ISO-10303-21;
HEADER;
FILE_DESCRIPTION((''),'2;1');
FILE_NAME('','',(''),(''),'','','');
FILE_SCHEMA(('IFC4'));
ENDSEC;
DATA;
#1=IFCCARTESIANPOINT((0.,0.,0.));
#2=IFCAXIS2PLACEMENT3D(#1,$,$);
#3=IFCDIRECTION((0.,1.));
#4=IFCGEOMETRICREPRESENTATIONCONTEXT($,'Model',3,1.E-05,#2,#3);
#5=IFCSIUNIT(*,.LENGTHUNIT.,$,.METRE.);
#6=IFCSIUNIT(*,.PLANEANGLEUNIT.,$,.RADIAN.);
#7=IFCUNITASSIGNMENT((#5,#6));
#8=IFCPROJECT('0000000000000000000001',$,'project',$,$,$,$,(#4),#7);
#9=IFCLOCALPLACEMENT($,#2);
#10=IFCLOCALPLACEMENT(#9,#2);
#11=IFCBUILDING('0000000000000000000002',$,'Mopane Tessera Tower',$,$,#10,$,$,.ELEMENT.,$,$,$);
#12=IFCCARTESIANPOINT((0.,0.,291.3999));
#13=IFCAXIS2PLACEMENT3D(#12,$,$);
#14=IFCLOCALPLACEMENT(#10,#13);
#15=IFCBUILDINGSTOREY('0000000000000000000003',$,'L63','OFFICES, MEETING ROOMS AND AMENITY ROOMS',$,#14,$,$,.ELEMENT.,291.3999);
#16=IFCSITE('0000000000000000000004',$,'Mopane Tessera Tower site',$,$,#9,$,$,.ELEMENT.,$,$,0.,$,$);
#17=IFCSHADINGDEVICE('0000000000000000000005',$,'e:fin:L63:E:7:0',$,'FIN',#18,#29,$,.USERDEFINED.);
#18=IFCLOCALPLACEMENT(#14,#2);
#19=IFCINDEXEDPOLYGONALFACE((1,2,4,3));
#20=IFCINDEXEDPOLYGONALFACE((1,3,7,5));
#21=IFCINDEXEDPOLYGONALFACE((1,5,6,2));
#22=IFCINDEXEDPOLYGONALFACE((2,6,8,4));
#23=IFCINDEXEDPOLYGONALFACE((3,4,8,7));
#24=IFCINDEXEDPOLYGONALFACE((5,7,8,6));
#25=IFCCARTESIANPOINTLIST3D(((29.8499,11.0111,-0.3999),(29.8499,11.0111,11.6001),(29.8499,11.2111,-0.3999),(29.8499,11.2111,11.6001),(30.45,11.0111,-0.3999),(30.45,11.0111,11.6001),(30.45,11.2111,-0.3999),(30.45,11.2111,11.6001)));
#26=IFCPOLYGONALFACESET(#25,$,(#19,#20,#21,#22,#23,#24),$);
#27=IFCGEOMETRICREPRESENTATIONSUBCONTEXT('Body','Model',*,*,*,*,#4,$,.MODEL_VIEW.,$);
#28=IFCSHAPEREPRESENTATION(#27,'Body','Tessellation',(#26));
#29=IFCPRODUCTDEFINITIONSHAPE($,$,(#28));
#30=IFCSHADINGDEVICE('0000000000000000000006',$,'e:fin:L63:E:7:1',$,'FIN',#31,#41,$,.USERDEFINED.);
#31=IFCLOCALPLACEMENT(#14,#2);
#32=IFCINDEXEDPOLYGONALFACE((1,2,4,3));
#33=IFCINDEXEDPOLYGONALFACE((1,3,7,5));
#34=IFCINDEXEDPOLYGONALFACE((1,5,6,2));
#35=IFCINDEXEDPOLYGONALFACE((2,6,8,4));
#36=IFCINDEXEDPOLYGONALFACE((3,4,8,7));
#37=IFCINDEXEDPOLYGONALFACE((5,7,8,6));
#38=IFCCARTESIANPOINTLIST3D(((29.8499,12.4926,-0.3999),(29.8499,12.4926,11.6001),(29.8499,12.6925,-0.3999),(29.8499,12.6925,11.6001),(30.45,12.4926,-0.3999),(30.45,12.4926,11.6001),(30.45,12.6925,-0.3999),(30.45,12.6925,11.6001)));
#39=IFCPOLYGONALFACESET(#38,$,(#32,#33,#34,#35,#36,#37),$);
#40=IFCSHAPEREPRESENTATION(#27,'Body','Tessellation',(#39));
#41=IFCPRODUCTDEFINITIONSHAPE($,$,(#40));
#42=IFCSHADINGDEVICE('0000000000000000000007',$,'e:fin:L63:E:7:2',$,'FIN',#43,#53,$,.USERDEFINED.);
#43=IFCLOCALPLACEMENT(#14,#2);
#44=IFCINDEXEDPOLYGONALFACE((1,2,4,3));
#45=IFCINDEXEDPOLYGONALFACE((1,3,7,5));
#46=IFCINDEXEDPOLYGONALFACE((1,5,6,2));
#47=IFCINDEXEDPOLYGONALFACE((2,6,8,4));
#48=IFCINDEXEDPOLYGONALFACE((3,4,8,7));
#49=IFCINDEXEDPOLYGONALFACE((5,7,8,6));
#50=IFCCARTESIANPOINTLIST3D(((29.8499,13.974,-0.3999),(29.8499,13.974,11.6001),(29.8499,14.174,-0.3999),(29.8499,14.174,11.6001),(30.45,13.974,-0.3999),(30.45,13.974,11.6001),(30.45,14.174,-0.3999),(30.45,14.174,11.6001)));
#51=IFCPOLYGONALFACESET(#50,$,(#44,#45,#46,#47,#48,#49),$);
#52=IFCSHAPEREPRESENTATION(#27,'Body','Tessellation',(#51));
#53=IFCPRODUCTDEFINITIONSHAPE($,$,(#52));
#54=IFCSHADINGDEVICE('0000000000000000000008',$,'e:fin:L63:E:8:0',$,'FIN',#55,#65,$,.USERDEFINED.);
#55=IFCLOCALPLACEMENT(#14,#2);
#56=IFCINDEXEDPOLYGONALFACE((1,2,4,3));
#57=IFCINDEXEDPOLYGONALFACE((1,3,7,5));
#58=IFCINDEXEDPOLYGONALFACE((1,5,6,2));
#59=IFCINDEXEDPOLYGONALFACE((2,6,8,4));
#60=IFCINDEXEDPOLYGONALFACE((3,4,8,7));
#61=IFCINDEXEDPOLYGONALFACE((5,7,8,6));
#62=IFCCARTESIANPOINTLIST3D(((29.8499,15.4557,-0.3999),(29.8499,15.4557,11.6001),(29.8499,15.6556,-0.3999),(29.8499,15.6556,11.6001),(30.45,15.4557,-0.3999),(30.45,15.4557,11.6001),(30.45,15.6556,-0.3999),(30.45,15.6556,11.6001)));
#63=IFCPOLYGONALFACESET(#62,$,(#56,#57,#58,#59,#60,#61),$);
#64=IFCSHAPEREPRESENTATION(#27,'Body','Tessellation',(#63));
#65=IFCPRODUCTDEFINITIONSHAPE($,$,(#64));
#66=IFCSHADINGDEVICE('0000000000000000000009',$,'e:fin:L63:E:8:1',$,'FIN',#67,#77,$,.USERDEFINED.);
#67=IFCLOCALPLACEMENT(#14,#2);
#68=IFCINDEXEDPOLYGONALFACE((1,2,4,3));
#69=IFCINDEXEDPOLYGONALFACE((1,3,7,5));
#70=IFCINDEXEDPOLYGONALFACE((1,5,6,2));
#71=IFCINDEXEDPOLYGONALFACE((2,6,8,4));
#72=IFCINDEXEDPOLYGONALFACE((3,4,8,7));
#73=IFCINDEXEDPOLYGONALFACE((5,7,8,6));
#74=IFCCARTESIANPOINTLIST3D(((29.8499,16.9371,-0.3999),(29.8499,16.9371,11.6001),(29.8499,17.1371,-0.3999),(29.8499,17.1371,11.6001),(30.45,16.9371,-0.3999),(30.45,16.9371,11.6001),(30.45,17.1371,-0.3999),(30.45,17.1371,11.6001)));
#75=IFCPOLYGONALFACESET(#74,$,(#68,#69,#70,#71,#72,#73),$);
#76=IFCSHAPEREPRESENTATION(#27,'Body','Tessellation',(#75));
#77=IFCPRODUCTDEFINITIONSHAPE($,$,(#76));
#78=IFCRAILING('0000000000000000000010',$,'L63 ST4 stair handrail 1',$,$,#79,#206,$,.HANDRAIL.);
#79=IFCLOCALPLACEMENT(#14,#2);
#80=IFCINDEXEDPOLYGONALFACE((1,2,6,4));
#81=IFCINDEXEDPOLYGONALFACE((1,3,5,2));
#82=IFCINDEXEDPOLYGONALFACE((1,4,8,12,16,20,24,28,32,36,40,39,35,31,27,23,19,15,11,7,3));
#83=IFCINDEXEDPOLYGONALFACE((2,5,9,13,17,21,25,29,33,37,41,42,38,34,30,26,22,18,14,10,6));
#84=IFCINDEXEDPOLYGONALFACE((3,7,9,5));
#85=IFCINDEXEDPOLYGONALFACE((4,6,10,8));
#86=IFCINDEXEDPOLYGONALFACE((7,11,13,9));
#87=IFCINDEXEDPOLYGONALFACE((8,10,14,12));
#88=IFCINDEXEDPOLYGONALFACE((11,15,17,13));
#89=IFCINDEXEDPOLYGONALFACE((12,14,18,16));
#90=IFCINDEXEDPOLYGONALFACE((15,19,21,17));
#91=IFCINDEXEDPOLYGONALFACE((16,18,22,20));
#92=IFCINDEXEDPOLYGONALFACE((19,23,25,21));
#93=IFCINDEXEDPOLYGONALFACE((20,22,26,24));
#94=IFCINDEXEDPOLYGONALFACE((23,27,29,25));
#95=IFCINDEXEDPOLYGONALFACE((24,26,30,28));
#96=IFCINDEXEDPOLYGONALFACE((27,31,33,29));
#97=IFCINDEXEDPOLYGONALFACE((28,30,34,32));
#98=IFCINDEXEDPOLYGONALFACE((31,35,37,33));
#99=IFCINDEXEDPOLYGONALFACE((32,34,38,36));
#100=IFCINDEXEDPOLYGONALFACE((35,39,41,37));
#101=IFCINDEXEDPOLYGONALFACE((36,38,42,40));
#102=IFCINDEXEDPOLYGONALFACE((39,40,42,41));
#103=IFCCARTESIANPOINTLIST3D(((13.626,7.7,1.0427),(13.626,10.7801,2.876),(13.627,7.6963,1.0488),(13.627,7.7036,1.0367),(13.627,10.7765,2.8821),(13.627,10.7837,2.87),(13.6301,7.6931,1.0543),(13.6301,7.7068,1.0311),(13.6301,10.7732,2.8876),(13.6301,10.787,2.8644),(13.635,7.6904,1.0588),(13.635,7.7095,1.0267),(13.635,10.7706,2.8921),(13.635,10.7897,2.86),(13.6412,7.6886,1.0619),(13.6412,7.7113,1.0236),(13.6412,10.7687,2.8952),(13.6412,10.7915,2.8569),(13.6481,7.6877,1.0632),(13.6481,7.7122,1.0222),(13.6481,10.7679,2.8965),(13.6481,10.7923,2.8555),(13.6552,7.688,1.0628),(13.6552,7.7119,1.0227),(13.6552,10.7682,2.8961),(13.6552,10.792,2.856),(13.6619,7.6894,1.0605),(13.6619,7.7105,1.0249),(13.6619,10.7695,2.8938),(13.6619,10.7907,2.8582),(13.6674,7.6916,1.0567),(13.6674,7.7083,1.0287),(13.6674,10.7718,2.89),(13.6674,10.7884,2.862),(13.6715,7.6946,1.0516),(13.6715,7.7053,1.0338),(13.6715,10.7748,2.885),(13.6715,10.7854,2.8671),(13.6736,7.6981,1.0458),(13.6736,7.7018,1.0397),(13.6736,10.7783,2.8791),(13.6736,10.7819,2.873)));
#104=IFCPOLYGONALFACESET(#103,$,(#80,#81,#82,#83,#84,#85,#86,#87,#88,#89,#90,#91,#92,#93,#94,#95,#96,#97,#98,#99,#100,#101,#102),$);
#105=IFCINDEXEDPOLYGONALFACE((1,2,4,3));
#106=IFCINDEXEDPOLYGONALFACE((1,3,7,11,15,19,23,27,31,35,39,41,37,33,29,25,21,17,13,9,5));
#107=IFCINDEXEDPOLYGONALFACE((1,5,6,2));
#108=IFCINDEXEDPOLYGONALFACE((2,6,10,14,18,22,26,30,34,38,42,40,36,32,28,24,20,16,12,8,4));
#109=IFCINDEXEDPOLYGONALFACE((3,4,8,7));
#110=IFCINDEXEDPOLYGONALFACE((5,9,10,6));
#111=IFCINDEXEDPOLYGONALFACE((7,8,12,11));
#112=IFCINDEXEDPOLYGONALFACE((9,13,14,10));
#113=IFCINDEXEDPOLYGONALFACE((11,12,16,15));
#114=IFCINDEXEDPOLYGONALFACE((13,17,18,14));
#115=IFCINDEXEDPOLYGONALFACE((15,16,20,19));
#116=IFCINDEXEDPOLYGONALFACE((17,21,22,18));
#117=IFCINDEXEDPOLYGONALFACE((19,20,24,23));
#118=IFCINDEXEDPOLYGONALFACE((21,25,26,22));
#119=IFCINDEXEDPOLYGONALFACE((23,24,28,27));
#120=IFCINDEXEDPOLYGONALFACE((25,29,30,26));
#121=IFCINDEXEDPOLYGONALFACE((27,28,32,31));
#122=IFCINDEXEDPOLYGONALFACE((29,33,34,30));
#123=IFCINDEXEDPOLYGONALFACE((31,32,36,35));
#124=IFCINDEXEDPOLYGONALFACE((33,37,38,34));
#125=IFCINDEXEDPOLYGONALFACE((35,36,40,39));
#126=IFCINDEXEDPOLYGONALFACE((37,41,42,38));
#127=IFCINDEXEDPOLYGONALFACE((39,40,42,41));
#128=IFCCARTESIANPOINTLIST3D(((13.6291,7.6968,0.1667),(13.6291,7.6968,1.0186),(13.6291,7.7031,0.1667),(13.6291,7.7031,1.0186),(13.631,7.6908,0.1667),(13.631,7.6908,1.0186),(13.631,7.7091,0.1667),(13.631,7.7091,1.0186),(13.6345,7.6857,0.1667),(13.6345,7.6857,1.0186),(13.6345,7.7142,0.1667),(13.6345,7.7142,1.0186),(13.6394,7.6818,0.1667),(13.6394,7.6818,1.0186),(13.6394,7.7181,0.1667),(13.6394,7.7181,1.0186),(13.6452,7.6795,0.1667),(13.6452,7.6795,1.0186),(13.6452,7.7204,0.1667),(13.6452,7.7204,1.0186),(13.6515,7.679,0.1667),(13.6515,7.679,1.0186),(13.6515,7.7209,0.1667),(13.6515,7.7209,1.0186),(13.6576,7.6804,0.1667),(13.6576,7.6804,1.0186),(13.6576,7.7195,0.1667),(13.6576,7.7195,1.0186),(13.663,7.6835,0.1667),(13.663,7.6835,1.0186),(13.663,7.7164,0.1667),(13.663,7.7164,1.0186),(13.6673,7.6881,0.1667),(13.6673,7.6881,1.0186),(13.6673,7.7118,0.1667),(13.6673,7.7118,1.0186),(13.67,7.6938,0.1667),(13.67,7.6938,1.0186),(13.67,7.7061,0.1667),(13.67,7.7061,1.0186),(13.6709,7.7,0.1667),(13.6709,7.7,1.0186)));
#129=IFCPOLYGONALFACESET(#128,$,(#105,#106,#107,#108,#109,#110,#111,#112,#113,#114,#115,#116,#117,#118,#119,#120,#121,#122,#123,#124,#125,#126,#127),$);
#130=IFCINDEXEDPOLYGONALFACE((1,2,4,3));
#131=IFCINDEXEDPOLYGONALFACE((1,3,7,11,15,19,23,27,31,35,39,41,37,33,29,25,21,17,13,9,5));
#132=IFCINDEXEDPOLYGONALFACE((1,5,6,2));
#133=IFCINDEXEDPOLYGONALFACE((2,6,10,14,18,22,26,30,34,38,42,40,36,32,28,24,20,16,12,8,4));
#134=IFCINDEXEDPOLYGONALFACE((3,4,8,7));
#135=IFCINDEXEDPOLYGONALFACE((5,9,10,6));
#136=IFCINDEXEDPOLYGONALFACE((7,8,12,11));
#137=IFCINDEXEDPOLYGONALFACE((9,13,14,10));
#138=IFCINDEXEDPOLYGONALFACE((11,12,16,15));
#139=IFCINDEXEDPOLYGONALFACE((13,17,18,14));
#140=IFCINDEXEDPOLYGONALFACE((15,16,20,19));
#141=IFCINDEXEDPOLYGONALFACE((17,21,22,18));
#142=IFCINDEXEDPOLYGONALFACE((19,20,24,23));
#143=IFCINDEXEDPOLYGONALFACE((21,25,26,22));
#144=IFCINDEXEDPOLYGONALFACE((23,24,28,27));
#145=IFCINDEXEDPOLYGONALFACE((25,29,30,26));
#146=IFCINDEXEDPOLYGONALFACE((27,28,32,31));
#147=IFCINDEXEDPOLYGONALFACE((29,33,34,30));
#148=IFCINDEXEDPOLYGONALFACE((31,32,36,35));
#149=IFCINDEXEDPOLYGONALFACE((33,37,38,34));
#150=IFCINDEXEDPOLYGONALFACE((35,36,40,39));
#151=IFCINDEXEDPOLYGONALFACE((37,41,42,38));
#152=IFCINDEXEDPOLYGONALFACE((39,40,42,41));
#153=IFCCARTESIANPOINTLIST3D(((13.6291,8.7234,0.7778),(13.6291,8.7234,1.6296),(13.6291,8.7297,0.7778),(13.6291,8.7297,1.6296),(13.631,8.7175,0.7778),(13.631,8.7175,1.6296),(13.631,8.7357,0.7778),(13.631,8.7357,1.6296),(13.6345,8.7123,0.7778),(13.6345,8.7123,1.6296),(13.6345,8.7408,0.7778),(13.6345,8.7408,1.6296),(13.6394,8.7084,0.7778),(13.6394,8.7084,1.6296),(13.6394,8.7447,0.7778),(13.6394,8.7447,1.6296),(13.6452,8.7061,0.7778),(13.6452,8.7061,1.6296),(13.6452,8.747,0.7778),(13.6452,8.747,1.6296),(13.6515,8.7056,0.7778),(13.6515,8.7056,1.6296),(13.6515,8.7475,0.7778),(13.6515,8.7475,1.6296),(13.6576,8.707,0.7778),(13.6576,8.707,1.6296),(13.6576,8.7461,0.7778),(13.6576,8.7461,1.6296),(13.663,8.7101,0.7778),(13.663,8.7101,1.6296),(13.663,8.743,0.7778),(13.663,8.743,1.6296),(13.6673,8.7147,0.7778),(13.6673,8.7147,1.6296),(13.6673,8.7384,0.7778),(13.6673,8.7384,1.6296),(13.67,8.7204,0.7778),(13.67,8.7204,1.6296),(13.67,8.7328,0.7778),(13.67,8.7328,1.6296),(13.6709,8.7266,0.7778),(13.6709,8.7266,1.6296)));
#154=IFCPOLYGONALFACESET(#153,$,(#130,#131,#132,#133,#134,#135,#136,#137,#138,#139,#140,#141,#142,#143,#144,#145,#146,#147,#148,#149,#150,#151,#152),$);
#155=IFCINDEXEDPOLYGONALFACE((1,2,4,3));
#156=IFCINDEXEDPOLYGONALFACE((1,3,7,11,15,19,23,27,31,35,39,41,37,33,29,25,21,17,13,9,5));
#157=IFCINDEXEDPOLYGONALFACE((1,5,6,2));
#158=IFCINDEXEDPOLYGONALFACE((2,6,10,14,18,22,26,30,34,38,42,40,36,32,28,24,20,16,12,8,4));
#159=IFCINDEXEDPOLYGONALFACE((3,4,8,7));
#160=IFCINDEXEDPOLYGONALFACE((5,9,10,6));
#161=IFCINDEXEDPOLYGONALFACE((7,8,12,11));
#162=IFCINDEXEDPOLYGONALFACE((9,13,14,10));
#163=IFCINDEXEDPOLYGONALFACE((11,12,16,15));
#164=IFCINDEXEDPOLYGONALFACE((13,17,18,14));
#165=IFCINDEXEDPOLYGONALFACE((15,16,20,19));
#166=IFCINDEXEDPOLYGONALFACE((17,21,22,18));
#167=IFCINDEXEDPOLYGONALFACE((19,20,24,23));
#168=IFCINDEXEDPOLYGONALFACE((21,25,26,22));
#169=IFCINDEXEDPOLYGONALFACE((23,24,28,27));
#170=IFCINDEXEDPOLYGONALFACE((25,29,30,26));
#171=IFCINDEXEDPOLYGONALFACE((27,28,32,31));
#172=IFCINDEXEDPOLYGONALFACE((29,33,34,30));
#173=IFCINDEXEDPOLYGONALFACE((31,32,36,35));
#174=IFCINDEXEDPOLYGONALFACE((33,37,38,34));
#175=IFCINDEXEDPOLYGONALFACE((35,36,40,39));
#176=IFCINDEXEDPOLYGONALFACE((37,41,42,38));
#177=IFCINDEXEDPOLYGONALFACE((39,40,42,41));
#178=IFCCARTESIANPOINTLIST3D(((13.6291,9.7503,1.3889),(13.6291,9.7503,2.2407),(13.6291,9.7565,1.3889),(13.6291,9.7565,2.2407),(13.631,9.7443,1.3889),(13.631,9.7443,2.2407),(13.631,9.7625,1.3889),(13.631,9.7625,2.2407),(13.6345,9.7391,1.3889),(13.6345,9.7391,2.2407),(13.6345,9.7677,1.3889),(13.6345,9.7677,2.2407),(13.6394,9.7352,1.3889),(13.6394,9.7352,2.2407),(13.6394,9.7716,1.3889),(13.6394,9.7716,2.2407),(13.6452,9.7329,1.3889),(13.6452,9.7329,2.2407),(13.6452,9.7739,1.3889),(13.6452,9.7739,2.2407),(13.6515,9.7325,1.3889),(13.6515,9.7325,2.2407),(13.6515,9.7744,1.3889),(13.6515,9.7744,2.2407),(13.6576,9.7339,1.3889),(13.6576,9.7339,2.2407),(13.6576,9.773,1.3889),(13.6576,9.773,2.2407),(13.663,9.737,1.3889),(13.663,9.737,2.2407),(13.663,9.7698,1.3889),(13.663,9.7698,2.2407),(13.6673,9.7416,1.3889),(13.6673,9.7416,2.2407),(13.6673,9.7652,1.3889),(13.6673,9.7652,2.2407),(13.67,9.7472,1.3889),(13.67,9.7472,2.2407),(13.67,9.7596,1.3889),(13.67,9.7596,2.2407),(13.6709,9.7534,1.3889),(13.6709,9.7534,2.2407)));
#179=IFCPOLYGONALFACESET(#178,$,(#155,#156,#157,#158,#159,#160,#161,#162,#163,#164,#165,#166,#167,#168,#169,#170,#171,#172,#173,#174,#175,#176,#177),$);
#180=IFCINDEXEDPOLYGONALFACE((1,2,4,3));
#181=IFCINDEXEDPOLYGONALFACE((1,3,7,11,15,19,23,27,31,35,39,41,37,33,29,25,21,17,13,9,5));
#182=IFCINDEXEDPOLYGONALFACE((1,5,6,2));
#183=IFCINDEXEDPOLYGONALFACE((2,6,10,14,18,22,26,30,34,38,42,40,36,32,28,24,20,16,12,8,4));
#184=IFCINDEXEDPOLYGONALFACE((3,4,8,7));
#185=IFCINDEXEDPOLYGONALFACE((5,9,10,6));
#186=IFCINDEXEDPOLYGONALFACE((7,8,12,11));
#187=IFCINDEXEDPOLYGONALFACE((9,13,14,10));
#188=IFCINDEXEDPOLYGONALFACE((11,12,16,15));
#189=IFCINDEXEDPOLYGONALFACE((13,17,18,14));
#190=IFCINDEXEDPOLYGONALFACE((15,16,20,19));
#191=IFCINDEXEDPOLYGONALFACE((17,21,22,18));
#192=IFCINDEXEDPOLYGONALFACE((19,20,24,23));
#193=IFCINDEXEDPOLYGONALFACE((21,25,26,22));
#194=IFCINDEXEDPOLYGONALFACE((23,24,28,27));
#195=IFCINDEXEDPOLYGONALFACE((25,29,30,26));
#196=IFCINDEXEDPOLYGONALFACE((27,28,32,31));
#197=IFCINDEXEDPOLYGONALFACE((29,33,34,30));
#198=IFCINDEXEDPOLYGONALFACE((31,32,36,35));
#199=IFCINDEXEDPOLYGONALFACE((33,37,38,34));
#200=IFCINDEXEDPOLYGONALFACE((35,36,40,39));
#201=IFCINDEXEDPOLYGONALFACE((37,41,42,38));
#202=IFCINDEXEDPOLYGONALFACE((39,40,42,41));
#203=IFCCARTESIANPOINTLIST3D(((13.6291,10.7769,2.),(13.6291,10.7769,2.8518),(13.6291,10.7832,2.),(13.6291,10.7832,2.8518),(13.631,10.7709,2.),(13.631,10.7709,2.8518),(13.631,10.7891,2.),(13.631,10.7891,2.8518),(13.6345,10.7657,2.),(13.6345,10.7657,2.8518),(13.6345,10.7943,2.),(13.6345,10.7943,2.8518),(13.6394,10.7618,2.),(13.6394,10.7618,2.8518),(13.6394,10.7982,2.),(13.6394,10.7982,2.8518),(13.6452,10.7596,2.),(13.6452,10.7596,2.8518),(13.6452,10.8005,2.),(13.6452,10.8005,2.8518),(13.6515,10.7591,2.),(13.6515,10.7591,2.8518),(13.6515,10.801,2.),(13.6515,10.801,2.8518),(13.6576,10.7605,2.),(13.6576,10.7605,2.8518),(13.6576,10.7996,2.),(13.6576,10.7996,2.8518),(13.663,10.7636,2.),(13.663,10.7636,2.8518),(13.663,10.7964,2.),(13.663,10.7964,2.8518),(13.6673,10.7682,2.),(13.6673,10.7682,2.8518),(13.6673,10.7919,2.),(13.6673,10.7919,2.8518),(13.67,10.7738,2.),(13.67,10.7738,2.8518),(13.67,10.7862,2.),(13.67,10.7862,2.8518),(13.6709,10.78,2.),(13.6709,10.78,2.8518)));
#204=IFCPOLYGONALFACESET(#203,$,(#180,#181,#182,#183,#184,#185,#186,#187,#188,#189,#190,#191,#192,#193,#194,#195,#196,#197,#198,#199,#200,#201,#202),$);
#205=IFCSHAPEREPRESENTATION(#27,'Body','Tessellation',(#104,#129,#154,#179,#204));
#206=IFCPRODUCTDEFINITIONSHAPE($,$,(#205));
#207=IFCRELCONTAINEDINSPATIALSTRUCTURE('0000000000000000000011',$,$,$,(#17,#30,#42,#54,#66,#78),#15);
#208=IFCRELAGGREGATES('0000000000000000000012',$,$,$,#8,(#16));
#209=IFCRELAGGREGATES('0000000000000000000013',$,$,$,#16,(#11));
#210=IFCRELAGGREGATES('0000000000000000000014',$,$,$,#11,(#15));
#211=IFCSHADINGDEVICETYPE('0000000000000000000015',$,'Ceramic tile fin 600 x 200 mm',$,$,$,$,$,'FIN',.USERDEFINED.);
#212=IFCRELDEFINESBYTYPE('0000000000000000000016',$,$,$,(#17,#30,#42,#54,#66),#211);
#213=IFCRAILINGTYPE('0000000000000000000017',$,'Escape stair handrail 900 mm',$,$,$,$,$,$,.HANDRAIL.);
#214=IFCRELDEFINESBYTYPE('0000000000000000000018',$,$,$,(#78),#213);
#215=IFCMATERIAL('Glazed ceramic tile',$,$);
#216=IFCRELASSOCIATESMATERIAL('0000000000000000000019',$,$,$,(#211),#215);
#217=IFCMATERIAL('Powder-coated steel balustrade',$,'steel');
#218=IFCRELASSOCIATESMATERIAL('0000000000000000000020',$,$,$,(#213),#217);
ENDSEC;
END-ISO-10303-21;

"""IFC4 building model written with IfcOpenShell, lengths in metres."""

from ifc_helpers import new_model, si_unit, direction, frame, origin, origin_2d, place, context, subcontext, project, spatial, rectangle, circle, extrude, material, type_object, element, save


model = new_model("IFC4")

# Units and contexts
model_context = context("Model", 3, precision=1e-05, world=origin(), true_north=direction((0.0, 1.0)))
body_context = subcontext(model_context, "Body", "Model", "MODEL_VIEW")
ifc_project = project(units=[si_unit("LENGTHUNIT", "METRE"), si_unit("PLANEANGLEUNIT", "RADIAN")], contexts=[model_context])

# Site, building, storey
site_placement = place(None, origin())
site = spatial("IfcSite", under=ifc_project, at=site_placement, Name="Mopane Tessera Tower site", CompositionType="ELEMENT", RefElevation=0.0)
building_placement = place(site_placement, origin())
building = spatial("IfcBuilding", under=site, at=building_placement, Name="Mopane Tessera Tower", CompositionType="ELEMENT")
storey_placement = place(building_placement, frame((0.0, 0.0, 291.3999)))
storey = spatial("IfcBuildingStorey", under=building, at=storey_placement, Name="L63", Description="OFFICES, MEETING ROOMS AND AMENITY ROOMS", CompositionType="ELEMENT", Elevation=291.3999)

# Shading devices
ifc_material_1 = material(Name="Glazed ceramic tile")
shading_device_type = type_object("IfcShadingDeviceType", Name="Ceramic tile fin 600 x 200 mm", ElementType="FIN", PredefinedType="USERDEFINED", material=ifc_material_1)
for number, where, z_axis, x_axis, name in (
    (1, (30.1499, 11.1111, -0.3999), (0.0, 0.0, 1.0), (0.0, 1.0, 0.0), "e:fin:L63:E:7:0"),
    (2, (30.1499, 12.5925, -0.3999), (0.0, 0.0, 1.0), (0.0, 1.0, 0.0), "e:fin:L63:E:7:1"),
    (3, (30.1499, 14.074, -0.3999), (0.0, 0.0, 1.0), (0.0, 1.0, 0.0), "e:fin:L63:E:7:2"),
    (4, (30.1499, 15.5557, -0.3999), (0.0, 0.0, 1.0), (0.0, 1.0, 0.0), "e:fin:L63:E:8:0"),
    (5, (30.1499, 17.0371, -0.3999), (0.0, 0.0, 1.0), (0.0, 1.0, 0.0), "e:fin:L63:E:8:1"),
):
    element("IfcShadingDevice", number, at=place(storey_placement, frame(where, z_axis=z_axis, x_axis=x_axis)), inside=storey, type_object=shading_device_type, Name=name, ObjectType="FIN", PredefinedType="USERDEFINED", context=body_context, shape_type="SweptSolid", body=[
        extrude(rectangle(XDim=0.2, YDim=0.6001, at=origin_2d()), origin(), (0.0, 0.0, 1.0), 12.0),
    ])

# Railing
ifc_material_2 = material(Name="Powder-coated steel balustrade", Category="steel")
railing_type_1 = type_object("IfcRailingType", Name="Escape stair handrail 900 mm", PredefinedType="HANDRAIL", material=ifc_material_2)
railing_1_placement = place(storey_placement, frame((13.6499, 7.7, 0.1667)))
element("IfcRailing", 6, at=railing_1_placement, inside=storey, type_object=railing_type_1, Name="L63 ST4 stair handrail 1", PredefinedType="HANDRAIL", context=body_context, shape_type="SweptSolid", body=[
    extrude(circle(Radius=0.0239, at=origin_2d()), frame((0.0, 0.0, 0.876), z_axis=(0.0, 0.859309, 0.511458), x_axis=(-1.0, 0.0, 0.0)), (0.0, 0.0, 1.0), 3.5845),
    extrude(circle(Radius=0.021, at=origin_2d()), origin(), (0.0, 0.0, 1.0), 0.8518),
    extrude(circle(Radius=0.021, at=origin_2d()), frame((0.0, 1.0266, 0.6111)), (0.0, 0.0, 1.0), 0.8518),
    extrude(circle(Radius=0.021, at=origin_2d()), frame((0.0, 2.0535, 1.2222)), (0.0, 0.0, 1.0), 0.8518),
    extrude(circle(Radius=0.021, at=origin_2d()), frame((0.0, 3.0801, 1.8333)), (0.0, 0.0, 1.0), 0.8518),
])

save(model, "model.ifc")
